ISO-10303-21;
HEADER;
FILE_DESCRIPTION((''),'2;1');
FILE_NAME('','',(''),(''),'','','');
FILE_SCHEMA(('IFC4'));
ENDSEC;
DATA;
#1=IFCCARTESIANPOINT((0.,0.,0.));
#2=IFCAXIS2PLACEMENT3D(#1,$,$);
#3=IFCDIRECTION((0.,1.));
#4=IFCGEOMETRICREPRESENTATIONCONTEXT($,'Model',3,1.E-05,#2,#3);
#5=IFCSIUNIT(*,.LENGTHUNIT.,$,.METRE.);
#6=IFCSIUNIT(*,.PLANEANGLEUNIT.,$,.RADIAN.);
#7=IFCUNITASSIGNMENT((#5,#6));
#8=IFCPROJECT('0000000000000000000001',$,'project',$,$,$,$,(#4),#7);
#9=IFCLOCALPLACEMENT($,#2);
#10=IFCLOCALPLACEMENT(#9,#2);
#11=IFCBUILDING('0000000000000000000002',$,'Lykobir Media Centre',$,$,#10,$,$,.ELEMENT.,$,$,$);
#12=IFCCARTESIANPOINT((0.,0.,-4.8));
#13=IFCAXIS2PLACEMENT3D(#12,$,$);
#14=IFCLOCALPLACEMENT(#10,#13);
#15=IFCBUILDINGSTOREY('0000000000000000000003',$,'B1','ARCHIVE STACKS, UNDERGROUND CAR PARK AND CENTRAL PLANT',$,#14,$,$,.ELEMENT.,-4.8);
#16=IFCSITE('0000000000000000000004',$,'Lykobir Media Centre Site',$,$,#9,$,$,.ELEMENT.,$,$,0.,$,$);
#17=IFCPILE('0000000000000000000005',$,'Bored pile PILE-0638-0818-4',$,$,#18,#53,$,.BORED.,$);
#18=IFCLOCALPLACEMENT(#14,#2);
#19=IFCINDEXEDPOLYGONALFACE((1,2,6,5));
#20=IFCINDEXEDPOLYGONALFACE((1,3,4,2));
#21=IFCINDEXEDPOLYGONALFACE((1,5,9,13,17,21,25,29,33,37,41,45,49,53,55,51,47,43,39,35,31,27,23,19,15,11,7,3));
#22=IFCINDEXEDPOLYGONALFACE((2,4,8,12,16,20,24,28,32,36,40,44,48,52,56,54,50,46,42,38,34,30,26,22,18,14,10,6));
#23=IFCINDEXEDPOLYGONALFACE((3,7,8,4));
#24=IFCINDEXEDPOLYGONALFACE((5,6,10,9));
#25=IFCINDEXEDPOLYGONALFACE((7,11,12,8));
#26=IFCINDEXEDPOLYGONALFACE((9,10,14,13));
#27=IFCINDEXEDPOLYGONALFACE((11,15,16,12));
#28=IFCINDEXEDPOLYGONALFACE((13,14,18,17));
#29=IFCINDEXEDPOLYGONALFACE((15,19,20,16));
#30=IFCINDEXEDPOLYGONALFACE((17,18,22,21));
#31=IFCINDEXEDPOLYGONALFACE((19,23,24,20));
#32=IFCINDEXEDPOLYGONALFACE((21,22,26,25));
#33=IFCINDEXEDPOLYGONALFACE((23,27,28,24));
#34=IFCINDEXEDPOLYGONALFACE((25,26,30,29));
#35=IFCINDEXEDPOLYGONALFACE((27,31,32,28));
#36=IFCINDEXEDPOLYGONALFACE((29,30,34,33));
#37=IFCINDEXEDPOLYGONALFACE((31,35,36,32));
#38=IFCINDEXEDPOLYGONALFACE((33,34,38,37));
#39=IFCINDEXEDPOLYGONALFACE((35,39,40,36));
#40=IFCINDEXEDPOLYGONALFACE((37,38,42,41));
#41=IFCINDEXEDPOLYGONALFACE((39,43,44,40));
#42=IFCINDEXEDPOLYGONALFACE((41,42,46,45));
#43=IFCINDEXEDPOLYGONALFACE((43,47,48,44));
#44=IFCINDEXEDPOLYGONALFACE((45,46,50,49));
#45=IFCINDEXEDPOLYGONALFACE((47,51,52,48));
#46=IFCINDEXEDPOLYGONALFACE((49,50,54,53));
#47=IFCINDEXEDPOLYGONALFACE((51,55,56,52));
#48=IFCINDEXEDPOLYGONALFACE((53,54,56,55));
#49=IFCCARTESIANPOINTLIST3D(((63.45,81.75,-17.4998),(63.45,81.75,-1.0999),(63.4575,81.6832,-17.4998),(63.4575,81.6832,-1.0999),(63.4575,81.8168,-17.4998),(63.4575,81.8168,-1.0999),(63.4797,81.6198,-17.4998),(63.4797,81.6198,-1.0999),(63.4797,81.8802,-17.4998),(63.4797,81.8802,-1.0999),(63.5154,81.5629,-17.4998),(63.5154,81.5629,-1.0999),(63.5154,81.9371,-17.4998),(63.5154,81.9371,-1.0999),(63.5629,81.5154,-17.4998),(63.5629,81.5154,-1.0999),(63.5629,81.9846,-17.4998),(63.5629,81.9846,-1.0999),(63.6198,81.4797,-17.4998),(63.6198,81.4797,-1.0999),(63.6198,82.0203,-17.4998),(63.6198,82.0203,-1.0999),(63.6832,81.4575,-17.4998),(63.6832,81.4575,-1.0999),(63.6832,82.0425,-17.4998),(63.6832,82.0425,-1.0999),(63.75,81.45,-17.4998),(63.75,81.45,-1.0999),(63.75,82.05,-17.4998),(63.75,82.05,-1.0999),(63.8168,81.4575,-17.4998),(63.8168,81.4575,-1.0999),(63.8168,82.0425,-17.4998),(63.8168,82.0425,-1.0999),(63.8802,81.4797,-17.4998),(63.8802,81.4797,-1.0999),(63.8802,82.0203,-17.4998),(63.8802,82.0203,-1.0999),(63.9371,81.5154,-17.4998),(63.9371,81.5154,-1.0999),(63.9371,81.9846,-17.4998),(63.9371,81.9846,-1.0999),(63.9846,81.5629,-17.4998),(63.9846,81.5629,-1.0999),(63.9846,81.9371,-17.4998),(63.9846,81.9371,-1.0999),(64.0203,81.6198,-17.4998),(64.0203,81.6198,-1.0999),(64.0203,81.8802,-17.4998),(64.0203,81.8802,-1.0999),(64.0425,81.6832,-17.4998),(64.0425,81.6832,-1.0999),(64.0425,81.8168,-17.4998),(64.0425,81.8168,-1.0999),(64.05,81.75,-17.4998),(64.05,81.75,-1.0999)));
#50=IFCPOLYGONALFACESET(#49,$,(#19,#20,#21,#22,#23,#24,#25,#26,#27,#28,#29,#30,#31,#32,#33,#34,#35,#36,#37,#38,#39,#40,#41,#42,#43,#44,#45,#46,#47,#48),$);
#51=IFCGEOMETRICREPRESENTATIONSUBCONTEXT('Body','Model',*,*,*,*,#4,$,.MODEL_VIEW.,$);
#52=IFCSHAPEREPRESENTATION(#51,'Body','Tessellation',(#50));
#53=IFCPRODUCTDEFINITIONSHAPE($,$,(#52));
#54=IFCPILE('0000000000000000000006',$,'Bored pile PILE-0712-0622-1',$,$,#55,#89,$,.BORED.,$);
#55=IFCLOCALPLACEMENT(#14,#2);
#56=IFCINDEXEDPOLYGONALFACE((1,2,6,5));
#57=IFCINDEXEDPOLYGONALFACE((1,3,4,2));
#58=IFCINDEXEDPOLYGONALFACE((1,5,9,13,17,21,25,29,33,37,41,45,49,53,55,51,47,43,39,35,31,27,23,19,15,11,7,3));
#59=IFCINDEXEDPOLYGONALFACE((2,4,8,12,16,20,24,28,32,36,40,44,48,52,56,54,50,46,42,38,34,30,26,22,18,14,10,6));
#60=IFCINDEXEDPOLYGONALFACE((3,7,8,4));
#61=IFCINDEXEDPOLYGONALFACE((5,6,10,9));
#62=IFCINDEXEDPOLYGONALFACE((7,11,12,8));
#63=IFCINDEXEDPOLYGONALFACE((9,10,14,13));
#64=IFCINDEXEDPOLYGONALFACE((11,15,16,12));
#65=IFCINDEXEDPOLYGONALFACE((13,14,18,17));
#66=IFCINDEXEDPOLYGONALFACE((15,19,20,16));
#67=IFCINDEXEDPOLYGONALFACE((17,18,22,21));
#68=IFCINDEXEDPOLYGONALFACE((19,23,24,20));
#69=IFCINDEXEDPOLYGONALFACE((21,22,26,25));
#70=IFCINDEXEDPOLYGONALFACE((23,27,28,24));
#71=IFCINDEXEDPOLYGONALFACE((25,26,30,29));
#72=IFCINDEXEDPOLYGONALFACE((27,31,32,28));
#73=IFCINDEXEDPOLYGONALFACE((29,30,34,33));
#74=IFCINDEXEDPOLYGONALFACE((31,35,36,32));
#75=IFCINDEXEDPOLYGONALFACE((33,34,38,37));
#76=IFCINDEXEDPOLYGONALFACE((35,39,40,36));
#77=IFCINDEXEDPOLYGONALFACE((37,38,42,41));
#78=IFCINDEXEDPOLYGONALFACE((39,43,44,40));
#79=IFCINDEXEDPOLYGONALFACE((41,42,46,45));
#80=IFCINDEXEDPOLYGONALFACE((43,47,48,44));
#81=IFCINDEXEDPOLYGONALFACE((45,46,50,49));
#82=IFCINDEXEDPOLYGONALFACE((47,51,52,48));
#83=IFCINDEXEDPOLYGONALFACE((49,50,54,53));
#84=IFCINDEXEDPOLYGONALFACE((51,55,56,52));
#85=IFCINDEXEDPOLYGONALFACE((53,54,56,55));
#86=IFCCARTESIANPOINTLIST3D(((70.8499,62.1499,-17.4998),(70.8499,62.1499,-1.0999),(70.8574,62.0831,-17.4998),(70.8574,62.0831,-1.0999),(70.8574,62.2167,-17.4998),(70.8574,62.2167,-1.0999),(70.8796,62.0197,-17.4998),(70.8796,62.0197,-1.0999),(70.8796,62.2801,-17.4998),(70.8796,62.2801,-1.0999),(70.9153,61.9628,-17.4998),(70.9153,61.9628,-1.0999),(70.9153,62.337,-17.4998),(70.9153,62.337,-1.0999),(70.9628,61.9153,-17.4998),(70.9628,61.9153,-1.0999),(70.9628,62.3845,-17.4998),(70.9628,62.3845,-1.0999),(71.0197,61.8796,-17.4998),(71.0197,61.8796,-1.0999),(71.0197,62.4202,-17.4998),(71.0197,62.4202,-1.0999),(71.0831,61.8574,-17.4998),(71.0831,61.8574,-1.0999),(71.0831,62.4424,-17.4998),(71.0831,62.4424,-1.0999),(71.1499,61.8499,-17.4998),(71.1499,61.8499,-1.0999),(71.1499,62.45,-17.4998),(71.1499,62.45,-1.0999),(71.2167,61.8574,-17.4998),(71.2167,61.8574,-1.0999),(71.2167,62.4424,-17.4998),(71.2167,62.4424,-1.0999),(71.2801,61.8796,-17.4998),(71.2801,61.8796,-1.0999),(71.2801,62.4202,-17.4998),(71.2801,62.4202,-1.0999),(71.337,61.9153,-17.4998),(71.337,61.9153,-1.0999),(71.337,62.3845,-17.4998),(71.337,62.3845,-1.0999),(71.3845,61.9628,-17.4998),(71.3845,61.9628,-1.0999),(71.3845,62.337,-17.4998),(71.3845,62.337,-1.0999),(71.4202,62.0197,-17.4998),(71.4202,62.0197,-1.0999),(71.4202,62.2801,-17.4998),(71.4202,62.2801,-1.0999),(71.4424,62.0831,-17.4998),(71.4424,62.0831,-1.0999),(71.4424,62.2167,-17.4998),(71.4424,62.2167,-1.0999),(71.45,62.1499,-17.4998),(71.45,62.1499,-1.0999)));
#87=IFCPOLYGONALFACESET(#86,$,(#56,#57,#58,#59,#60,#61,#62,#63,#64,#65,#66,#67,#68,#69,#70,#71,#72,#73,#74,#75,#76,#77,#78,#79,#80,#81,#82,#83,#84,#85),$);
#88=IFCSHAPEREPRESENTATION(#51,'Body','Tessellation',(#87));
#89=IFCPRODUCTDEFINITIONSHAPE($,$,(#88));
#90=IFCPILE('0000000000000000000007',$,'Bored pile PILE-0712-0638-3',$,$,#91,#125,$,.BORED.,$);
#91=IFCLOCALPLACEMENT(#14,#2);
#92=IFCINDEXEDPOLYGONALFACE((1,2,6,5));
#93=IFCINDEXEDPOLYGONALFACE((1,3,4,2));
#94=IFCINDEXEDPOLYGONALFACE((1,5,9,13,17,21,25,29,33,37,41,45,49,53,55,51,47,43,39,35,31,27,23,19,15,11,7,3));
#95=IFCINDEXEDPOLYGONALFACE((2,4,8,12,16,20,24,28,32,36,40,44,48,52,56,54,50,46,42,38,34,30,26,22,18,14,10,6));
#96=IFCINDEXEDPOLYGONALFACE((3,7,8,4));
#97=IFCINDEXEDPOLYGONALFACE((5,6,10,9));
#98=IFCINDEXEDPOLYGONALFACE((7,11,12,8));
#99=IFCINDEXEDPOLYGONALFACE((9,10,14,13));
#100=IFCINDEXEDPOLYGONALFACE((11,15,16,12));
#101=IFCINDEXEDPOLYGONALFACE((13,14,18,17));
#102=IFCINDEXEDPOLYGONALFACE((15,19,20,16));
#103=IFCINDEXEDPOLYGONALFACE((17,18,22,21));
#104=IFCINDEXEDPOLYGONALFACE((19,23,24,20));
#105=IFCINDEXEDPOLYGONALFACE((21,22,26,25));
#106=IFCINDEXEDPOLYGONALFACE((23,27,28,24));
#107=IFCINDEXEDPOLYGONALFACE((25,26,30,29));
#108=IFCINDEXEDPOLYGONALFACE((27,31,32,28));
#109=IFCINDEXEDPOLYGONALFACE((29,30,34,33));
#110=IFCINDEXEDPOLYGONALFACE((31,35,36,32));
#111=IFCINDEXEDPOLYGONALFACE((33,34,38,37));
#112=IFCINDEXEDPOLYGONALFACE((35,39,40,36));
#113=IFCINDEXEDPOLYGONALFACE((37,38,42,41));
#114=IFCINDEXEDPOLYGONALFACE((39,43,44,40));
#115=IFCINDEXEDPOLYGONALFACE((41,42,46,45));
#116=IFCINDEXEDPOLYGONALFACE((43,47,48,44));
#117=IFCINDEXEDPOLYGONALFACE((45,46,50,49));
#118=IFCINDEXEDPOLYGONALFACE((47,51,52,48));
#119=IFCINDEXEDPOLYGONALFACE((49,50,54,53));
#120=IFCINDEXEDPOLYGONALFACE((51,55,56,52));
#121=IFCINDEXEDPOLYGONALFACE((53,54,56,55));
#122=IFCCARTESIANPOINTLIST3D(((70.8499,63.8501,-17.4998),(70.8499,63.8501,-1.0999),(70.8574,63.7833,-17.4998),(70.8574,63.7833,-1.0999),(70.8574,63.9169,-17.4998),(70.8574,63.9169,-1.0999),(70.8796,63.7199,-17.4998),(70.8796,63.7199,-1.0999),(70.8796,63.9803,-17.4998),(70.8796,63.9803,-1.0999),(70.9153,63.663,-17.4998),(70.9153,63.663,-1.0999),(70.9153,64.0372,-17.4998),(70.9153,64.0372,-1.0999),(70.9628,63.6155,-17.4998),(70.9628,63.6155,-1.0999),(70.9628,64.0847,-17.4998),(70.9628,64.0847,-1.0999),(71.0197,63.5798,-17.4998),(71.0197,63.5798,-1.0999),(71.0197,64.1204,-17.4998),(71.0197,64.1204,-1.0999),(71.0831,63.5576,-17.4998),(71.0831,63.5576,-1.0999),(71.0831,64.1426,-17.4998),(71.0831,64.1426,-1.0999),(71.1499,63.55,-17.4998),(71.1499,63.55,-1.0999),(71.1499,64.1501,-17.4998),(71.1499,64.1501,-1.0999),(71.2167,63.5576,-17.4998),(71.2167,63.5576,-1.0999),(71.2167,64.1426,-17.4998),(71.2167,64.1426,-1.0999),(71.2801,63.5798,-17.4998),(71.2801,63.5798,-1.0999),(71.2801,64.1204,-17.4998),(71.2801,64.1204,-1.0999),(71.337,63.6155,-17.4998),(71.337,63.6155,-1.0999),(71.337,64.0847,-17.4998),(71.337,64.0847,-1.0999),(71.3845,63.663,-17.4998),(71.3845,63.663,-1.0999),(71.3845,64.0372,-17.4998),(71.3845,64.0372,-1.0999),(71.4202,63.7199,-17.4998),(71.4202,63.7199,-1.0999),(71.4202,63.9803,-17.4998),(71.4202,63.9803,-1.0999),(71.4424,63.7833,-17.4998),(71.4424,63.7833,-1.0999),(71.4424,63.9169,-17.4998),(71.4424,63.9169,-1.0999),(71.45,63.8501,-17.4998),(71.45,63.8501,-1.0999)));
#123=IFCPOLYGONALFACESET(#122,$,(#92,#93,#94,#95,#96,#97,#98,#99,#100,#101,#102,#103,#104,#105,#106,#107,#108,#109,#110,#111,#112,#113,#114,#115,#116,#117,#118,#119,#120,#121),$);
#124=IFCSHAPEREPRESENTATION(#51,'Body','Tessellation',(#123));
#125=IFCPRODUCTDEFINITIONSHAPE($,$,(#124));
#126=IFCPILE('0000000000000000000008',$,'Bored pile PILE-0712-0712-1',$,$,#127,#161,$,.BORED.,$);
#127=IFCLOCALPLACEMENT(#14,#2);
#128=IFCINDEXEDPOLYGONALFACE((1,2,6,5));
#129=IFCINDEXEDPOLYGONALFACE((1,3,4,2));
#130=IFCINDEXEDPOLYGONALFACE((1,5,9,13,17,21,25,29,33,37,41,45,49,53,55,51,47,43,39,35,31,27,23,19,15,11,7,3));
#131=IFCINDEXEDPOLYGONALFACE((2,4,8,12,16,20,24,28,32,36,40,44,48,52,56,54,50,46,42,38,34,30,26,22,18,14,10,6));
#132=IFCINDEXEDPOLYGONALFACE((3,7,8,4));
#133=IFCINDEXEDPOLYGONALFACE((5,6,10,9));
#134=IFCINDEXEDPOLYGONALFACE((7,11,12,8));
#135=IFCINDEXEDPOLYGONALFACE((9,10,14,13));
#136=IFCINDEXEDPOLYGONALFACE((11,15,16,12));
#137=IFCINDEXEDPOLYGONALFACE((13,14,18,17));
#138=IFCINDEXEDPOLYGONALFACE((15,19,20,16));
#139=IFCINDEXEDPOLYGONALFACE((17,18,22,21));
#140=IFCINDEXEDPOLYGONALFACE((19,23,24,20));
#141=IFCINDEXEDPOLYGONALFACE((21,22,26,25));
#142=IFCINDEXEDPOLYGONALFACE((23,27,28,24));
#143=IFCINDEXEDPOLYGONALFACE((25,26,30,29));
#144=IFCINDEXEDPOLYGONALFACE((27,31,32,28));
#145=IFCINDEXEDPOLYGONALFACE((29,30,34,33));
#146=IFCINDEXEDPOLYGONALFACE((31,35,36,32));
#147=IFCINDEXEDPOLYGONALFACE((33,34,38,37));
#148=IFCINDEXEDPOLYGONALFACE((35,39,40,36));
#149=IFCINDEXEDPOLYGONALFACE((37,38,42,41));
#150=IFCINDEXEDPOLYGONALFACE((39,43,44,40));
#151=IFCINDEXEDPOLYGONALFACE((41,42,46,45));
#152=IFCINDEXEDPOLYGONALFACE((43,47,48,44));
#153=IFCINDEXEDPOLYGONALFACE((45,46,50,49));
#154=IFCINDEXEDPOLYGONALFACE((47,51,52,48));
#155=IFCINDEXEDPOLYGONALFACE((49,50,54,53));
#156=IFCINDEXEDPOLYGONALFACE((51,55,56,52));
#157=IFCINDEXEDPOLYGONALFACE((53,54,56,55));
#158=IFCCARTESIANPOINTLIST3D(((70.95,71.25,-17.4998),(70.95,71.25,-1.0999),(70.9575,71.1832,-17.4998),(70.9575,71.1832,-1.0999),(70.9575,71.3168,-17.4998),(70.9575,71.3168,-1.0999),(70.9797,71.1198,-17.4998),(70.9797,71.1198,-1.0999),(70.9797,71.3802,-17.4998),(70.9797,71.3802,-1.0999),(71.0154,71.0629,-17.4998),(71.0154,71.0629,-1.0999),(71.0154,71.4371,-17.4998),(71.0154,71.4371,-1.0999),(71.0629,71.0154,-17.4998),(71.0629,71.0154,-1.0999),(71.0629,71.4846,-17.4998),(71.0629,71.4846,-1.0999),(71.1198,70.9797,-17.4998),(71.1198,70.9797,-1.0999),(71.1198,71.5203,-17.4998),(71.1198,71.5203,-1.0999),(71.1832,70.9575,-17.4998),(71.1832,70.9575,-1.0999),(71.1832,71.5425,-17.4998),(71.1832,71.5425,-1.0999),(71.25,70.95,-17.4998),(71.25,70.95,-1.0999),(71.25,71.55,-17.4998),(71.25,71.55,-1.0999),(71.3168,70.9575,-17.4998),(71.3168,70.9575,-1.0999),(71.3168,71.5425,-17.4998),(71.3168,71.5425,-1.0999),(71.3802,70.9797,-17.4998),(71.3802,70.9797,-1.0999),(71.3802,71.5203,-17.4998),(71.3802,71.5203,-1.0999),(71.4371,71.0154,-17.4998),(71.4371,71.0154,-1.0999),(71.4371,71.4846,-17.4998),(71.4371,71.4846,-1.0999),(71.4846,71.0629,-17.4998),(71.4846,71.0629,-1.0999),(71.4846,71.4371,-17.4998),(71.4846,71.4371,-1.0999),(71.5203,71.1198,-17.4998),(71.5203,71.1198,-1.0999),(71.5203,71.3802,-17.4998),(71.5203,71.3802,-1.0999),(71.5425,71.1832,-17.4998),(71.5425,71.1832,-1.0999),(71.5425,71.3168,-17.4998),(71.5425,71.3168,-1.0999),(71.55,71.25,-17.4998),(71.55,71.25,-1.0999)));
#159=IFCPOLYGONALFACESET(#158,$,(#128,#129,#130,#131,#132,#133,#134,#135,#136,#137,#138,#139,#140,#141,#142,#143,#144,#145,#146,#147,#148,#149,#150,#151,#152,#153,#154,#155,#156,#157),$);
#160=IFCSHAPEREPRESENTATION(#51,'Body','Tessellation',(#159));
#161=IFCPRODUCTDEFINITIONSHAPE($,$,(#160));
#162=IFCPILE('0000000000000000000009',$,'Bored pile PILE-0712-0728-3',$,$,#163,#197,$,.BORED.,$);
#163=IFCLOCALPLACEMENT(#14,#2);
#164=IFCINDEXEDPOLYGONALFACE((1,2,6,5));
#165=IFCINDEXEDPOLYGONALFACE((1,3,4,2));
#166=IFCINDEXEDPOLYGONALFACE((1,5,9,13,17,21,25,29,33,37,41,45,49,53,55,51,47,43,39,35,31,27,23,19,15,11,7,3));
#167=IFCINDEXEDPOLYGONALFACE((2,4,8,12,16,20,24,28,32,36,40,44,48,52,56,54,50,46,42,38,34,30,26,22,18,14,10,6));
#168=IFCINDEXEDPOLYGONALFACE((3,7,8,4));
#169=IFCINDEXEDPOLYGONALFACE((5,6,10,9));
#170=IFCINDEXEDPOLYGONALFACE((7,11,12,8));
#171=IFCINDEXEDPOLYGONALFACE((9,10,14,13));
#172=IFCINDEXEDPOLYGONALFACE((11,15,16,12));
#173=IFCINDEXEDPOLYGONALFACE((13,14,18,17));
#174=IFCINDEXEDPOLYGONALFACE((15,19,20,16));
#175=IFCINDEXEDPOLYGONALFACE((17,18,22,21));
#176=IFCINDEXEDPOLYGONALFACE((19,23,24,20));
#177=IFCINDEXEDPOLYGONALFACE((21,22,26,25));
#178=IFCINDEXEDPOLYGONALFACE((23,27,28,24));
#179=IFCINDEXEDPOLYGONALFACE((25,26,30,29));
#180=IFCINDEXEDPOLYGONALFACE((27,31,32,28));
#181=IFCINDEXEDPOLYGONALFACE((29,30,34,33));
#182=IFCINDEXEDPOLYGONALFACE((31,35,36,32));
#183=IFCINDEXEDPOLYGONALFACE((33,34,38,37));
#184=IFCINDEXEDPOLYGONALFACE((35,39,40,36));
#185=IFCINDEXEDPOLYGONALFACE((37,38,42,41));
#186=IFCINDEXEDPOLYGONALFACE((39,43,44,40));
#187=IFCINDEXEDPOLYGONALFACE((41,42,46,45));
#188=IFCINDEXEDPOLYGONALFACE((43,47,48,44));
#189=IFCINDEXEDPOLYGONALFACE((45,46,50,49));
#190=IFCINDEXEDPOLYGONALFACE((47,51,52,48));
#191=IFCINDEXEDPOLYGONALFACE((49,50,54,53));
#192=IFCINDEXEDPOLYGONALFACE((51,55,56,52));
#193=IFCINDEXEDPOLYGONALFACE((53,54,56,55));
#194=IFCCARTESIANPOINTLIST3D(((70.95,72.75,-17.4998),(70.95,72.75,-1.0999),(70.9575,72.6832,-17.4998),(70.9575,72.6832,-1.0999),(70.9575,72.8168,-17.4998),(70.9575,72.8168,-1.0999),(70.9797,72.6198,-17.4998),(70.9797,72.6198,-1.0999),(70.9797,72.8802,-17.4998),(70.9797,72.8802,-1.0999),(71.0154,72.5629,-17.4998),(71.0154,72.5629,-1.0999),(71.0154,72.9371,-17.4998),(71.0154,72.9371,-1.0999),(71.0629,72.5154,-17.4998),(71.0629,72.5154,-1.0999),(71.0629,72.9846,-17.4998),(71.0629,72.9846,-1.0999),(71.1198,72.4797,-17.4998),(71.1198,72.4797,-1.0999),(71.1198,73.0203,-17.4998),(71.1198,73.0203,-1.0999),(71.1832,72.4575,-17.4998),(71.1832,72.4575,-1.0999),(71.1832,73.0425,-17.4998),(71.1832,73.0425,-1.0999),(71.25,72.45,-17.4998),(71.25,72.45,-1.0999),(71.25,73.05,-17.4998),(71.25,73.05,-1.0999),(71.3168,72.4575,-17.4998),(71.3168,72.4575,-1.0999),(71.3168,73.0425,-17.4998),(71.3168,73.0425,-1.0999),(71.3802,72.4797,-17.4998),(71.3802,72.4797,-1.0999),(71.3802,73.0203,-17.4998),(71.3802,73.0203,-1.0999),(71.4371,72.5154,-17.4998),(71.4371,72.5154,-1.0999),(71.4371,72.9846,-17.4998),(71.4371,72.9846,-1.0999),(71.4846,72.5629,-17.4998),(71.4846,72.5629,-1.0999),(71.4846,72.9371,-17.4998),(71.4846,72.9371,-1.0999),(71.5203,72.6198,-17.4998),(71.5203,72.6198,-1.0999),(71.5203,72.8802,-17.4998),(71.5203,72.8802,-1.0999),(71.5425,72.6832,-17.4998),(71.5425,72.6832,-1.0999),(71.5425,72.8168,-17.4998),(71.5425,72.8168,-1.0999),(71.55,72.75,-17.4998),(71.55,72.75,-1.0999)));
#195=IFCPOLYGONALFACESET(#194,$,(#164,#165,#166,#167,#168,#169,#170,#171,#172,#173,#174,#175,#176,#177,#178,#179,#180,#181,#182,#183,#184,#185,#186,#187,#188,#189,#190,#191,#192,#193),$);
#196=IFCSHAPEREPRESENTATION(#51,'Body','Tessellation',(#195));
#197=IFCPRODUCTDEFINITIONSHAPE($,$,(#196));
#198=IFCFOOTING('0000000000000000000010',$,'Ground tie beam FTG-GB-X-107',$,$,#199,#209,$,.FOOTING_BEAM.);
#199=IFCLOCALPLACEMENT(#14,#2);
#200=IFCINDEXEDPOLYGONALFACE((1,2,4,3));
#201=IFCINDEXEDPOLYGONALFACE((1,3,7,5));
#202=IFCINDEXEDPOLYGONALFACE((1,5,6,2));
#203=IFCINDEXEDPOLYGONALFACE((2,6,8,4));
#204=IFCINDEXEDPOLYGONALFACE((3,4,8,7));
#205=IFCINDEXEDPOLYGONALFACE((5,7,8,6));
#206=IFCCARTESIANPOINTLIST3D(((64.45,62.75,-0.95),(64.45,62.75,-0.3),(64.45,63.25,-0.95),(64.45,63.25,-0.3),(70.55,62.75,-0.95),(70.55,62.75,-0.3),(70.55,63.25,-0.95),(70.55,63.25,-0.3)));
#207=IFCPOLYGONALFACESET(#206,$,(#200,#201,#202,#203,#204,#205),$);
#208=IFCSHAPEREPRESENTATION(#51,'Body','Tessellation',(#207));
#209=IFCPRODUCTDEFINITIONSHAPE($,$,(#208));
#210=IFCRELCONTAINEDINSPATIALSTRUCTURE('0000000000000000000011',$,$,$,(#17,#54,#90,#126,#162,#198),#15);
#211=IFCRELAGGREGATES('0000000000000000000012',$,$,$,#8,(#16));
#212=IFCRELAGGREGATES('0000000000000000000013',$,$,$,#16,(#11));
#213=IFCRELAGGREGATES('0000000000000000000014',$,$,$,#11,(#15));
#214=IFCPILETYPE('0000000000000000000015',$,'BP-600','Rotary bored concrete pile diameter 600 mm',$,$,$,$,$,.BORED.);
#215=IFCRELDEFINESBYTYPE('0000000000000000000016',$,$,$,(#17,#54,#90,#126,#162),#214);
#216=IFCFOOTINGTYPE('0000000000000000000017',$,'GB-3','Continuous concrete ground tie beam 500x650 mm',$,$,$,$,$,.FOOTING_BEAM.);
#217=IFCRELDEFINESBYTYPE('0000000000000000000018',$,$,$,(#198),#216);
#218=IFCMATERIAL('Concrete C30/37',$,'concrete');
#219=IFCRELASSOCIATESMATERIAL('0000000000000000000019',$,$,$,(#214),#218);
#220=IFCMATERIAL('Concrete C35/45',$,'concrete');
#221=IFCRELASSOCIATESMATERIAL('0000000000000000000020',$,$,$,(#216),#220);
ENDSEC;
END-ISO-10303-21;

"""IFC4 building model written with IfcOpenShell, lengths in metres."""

from ifc_helpers import new_model, si_unit, direction, frame, origin, origin_2d, place, context, subcontext, project, spatial, rectangle, circle, extrude, material, material_profile, profile_set, type_object, element, save


model = new_model("IFC4")

# Units and contexts
model_context = context("Model", 3, precision=1e-05, world=origin(), true_north=direction((0.0, 1.0)))
body_context = subcontext(model_context, "Body", "Model", "MODEL_VIEW")
ifc_project = project(units=[si_unit("LENGTHUNIT", "METRE"), si_unit("PLANEANGLEUNIT", "RADIAN")], contexts=[model_context])

# Site, building, storey
site_placement = place(None, origin())
site = spatial("IfcSite", under=ifc_project, at=site_placement, Name="Lykobir Media Centre Site", CompositionType="ELEMENT", RefElevation=0.0)
building_placement = place(site_placement, origin())
building = spatial("IfcBuilding", under=site, at=building_placement, Name="Lykobir Media Centre", CompositionType="ELEMENT")
storey_placement = place(building_placement, frame((0.0, 0.0, -4.8)))
storey = spatial("IfcBuildingStorey", under=building, at=storey_placement, Name="B1", Description="ARCHIVE STACKS, UNDERGROUND CAR PARK AND CENTRAL PLANT", CompositionType="ELEMENT", Elevation=-4.8)

# Piles
ifc_material_1 = material(Name="Concrete C30/37", Category="concrete")
ifc_material_profile_1 = material_profile(ifc_material_1, circle(Radius=0.3, at=origin_2d()), Name="BORED PILE D600")
ifc_profile_set_1 = profile_set([ifc_material_profile_1], Name="Concrete C30/37")
pile_type = type_object("IfcPileType", Name="BP-600", Description="Rotary bored concrete pile diameter 600 mm", PredefinedType="BORED", material=ifc_profile_set_1)
for number, where, z_axis, x_axis, name in (
    (1, (63.75, 81.75, -1.0999), (0.0, 0.0, -1.0), (1.0, 0.0, 0.0), "Bored pile PILE-0638-0818-4"),
    (2, (71.1499, 62.1499, -1.0999), (0.0, 0.0, -1.0), (1.0, 0.0, 0.0), "Bored pile PILE-0712-0622-1"),
    (3, (71.1499, 63.8501, -1.0999), (0.0, 0.0, -1.0), (1.0, 0.0, 0.0), "Bored pile PILE-0712-0638-3"),
    (4, (71.25, 71.25, -1.0999), (0.0, 0.0, -1.0), (1.0, 0.0, 0.0), "Bored pile PILE-0712-0712-1"),
    (5, (71.25, 72.75, -1.0999), (0.0, 0.0, -1.0), (1.0, 0.0, 0.0), "Bored pile PILE-0712-0728-3"),
):
    element("IfcPile", number, at=place(storey_placement, frame(where, z_axis=z_axis, x_axis=x_axis)), inside=storey, type_object=pile_type, Name=name, PredefinedType="BORED", context=body_context, shape_type="SweptSolid", body=[
        extrude(circle(Radius=0.3, at=origin_2d()), origin(), (0.0, 0.0, 1.0), 16.3999),
    ])

# Footing
ifc_material_2 = material(Name="Concrete C35/45", Category="concrete")
footing_type_1 = type_object("IfcFootingType", Name="GB-3", Description="Continuous concrete ground tie beam 500x650 mm", PredefinedType="FOOTING_BEAM", material=ifc_material_2)
footing_1_placement = place(storey_placement, frame((67.5, 63.0, -0.95), z_axis=(0.0, 0.0, 1.0), x_axis=(1.0, 0.0, 0.0)))
element("IfcFooting", 6, at=footing_1_placement, inside=storey, type_object=footing_type_1, Name="Ground tie beam FTG-GB-X-107", PredefinedType="FOOTING_BEAM", context=body_context, shape_type="SweptSolid", body=[
    extrude(rectangle(XDim=6.1001, YDim=0.5, at=origin_2d()), origin(), (0.0, 0.0, 1.0), 0.6499),
])

save(model, "model.ifc")
